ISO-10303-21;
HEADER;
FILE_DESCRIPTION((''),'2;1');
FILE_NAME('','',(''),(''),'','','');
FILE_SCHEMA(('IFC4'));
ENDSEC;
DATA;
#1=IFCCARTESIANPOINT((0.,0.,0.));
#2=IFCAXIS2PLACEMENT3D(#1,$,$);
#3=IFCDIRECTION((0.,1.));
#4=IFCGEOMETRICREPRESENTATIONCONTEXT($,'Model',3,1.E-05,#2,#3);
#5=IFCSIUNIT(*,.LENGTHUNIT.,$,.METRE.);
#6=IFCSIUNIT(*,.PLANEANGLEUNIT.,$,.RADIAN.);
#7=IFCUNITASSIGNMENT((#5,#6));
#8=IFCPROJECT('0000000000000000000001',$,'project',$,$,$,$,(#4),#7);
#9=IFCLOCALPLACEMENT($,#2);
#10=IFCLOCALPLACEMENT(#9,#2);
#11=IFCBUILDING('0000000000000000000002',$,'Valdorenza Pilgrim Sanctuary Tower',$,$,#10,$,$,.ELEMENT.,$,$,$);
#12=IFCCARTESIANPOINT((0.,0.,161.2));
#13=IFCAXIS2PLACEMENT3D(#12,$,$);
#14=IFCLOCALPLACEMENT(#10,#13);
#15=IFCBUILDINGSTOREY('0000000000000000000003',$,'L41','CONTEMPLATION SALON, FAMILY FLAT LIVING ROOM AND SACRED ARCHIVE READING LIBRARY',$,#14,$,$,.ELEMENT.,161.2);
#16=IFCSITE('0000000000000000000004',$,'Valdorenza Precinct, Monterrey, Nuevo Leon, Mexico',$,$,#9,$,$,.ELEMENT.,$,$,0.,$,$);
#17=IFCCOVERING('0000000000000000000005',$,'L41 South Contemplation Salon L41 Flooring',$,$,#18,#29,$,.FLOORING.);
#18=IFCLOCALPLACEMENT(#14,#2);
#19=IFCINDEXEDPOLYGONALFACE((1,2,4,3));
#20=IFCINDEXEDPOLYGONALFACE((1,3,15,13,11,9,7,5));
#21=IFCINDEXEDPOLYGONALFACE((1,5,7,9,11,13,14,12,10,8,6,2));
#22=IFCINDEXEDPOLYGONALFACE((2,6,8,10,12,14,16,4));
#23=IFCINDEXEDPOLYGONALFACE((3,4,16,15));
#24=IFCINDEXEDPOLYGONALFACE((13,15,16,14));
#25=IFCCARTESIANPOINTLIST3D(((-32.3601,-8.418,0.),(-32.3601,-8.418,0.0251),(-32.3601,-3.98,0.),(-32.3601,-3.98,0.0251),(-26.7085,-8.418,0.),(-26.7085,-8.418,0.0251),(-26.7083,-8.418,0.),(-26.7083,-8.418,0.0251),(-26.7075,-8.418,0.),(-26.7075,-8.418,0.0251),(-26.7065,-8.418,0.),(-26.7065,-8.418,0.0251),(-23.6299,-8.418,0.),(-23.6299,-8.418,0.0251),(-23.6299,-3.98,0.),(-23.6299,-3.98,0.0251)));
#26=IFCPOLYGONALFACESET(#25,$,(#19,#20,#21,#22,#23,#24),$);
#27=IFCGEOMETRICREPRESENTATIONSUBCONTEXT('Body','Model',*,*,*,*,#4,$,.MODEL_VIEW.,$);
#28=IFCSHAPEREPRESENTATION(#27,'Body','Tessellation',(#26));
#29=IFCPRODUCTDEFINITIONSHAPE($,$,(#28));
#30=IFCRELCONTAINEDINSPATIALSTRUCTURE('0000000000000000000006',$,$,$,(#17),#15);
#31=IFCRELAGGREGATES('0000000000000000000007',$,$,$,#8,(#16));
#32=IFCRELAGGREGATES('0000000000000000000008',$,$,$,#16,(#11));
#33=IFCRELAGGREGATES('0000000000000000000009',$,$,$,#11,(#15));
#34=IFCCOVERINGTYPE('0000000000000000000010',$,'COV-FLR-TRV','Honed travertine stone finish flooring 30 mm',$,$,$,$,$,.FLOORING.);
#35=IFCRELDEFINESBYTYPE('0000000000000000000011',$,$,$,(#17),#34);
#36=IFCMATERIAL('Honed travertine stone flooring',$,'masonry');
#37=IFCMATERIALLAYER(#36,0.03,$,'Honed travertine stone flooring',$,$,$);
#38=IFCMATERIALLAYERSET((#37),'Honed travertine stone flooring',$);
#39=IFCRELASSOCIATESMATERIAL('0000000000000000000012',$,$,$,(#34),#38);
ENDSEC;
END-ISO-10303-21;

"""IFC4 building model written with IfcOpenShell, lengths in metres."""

from ifc_helpers import new_model, si_unit, direction, frame, origin, place, context, subcontext, project, spatial, polyline, outline, extrude, material, layer, layer_set, type_object, element, save


model = new_model("IFC4")

# Units and contexts
model_context = context("Model", 3, precision=1e-05, world=origin(), true_north=direction((0.0, 1.0)))
body_context = subcontext(model_context, "Body", "Model", "MODEL_VIEW")
ifc_project = project(units=[si_unit("LENGTHUNIT", "METRE"), si_unit("PLANEANGLEUNIT", "RADIAN")], contexts=[model_context])

# Site, building, storey
site_placement = place(None, origin())
site = spatial("IfcSite", under=ifc_project, at=site_placement, Name="Valdorenza Precinct, Monterrey, Nuevo Leon, Mexico", CompositionType="ELEMENT", RefElevation=0.0)
building_placement = place(site_placement, origin())
building = spatial("IfcBuilding", under=site, at=building_placement, Name="Valdorenza Pilgrim Sanctuary Tower", CompositionType="ELEMENT")
storey_placement = place(building_placement, frame((0.0, 0.0, 161.2)))
storey = spatial("IfcBuildingStorey", under=building, at=storey_placement, Name="L41", Description="CONTEMPLATION SALON, FAMILY FLAT LIVING ROOM AND SACRED ARCHIVE READING LIBRARY", CompositionType="ELEMENT", Elevation=161.2)

# Covering
ifc_material_1 = material(Name="Honed travertine stone flooring", Category="masonry")
ifc_layer_1 = layer(ifc_material_1, 0.03, Name="Honed travertine stone flooring")
ifc_layer_set_1 = layer_set([ifc_layer_1], Name="Honed travertine stone flooring")
covering_type_1 = type_object("IfcCoveringType", Name="COV-FLR-TRV", Description="Honed travertine stone finish flooring 30 mm", PredefinedType="FLOORING", material=ifc_layer_set_1)
covering_1_placement = place(storey_placement, origin())
element("IfcCovering", 1, at=covering_1_placement, inside=storey, type_object=covering_type_1, Name="L41 South Contemplation Salon L41 Flooring", PredefinedType="FLOORING", context=body_context, shape_type="SweptSolid", body=[
    extrude(outline(polyline([(-26.7083, -8.418), (-26.7085, -8.418), (-32.3601, -8.418), (-32.3601, -3.98), (-23.6299, -3.98), (-23.6299, -8.418), (-26.7065, -8.418), (-26.7075, -8.418), (-26.7083, -8.418)])), origin(), (0.0, 0.0, 1.0), 0.0251),
])

save(model, "model.ifc")
